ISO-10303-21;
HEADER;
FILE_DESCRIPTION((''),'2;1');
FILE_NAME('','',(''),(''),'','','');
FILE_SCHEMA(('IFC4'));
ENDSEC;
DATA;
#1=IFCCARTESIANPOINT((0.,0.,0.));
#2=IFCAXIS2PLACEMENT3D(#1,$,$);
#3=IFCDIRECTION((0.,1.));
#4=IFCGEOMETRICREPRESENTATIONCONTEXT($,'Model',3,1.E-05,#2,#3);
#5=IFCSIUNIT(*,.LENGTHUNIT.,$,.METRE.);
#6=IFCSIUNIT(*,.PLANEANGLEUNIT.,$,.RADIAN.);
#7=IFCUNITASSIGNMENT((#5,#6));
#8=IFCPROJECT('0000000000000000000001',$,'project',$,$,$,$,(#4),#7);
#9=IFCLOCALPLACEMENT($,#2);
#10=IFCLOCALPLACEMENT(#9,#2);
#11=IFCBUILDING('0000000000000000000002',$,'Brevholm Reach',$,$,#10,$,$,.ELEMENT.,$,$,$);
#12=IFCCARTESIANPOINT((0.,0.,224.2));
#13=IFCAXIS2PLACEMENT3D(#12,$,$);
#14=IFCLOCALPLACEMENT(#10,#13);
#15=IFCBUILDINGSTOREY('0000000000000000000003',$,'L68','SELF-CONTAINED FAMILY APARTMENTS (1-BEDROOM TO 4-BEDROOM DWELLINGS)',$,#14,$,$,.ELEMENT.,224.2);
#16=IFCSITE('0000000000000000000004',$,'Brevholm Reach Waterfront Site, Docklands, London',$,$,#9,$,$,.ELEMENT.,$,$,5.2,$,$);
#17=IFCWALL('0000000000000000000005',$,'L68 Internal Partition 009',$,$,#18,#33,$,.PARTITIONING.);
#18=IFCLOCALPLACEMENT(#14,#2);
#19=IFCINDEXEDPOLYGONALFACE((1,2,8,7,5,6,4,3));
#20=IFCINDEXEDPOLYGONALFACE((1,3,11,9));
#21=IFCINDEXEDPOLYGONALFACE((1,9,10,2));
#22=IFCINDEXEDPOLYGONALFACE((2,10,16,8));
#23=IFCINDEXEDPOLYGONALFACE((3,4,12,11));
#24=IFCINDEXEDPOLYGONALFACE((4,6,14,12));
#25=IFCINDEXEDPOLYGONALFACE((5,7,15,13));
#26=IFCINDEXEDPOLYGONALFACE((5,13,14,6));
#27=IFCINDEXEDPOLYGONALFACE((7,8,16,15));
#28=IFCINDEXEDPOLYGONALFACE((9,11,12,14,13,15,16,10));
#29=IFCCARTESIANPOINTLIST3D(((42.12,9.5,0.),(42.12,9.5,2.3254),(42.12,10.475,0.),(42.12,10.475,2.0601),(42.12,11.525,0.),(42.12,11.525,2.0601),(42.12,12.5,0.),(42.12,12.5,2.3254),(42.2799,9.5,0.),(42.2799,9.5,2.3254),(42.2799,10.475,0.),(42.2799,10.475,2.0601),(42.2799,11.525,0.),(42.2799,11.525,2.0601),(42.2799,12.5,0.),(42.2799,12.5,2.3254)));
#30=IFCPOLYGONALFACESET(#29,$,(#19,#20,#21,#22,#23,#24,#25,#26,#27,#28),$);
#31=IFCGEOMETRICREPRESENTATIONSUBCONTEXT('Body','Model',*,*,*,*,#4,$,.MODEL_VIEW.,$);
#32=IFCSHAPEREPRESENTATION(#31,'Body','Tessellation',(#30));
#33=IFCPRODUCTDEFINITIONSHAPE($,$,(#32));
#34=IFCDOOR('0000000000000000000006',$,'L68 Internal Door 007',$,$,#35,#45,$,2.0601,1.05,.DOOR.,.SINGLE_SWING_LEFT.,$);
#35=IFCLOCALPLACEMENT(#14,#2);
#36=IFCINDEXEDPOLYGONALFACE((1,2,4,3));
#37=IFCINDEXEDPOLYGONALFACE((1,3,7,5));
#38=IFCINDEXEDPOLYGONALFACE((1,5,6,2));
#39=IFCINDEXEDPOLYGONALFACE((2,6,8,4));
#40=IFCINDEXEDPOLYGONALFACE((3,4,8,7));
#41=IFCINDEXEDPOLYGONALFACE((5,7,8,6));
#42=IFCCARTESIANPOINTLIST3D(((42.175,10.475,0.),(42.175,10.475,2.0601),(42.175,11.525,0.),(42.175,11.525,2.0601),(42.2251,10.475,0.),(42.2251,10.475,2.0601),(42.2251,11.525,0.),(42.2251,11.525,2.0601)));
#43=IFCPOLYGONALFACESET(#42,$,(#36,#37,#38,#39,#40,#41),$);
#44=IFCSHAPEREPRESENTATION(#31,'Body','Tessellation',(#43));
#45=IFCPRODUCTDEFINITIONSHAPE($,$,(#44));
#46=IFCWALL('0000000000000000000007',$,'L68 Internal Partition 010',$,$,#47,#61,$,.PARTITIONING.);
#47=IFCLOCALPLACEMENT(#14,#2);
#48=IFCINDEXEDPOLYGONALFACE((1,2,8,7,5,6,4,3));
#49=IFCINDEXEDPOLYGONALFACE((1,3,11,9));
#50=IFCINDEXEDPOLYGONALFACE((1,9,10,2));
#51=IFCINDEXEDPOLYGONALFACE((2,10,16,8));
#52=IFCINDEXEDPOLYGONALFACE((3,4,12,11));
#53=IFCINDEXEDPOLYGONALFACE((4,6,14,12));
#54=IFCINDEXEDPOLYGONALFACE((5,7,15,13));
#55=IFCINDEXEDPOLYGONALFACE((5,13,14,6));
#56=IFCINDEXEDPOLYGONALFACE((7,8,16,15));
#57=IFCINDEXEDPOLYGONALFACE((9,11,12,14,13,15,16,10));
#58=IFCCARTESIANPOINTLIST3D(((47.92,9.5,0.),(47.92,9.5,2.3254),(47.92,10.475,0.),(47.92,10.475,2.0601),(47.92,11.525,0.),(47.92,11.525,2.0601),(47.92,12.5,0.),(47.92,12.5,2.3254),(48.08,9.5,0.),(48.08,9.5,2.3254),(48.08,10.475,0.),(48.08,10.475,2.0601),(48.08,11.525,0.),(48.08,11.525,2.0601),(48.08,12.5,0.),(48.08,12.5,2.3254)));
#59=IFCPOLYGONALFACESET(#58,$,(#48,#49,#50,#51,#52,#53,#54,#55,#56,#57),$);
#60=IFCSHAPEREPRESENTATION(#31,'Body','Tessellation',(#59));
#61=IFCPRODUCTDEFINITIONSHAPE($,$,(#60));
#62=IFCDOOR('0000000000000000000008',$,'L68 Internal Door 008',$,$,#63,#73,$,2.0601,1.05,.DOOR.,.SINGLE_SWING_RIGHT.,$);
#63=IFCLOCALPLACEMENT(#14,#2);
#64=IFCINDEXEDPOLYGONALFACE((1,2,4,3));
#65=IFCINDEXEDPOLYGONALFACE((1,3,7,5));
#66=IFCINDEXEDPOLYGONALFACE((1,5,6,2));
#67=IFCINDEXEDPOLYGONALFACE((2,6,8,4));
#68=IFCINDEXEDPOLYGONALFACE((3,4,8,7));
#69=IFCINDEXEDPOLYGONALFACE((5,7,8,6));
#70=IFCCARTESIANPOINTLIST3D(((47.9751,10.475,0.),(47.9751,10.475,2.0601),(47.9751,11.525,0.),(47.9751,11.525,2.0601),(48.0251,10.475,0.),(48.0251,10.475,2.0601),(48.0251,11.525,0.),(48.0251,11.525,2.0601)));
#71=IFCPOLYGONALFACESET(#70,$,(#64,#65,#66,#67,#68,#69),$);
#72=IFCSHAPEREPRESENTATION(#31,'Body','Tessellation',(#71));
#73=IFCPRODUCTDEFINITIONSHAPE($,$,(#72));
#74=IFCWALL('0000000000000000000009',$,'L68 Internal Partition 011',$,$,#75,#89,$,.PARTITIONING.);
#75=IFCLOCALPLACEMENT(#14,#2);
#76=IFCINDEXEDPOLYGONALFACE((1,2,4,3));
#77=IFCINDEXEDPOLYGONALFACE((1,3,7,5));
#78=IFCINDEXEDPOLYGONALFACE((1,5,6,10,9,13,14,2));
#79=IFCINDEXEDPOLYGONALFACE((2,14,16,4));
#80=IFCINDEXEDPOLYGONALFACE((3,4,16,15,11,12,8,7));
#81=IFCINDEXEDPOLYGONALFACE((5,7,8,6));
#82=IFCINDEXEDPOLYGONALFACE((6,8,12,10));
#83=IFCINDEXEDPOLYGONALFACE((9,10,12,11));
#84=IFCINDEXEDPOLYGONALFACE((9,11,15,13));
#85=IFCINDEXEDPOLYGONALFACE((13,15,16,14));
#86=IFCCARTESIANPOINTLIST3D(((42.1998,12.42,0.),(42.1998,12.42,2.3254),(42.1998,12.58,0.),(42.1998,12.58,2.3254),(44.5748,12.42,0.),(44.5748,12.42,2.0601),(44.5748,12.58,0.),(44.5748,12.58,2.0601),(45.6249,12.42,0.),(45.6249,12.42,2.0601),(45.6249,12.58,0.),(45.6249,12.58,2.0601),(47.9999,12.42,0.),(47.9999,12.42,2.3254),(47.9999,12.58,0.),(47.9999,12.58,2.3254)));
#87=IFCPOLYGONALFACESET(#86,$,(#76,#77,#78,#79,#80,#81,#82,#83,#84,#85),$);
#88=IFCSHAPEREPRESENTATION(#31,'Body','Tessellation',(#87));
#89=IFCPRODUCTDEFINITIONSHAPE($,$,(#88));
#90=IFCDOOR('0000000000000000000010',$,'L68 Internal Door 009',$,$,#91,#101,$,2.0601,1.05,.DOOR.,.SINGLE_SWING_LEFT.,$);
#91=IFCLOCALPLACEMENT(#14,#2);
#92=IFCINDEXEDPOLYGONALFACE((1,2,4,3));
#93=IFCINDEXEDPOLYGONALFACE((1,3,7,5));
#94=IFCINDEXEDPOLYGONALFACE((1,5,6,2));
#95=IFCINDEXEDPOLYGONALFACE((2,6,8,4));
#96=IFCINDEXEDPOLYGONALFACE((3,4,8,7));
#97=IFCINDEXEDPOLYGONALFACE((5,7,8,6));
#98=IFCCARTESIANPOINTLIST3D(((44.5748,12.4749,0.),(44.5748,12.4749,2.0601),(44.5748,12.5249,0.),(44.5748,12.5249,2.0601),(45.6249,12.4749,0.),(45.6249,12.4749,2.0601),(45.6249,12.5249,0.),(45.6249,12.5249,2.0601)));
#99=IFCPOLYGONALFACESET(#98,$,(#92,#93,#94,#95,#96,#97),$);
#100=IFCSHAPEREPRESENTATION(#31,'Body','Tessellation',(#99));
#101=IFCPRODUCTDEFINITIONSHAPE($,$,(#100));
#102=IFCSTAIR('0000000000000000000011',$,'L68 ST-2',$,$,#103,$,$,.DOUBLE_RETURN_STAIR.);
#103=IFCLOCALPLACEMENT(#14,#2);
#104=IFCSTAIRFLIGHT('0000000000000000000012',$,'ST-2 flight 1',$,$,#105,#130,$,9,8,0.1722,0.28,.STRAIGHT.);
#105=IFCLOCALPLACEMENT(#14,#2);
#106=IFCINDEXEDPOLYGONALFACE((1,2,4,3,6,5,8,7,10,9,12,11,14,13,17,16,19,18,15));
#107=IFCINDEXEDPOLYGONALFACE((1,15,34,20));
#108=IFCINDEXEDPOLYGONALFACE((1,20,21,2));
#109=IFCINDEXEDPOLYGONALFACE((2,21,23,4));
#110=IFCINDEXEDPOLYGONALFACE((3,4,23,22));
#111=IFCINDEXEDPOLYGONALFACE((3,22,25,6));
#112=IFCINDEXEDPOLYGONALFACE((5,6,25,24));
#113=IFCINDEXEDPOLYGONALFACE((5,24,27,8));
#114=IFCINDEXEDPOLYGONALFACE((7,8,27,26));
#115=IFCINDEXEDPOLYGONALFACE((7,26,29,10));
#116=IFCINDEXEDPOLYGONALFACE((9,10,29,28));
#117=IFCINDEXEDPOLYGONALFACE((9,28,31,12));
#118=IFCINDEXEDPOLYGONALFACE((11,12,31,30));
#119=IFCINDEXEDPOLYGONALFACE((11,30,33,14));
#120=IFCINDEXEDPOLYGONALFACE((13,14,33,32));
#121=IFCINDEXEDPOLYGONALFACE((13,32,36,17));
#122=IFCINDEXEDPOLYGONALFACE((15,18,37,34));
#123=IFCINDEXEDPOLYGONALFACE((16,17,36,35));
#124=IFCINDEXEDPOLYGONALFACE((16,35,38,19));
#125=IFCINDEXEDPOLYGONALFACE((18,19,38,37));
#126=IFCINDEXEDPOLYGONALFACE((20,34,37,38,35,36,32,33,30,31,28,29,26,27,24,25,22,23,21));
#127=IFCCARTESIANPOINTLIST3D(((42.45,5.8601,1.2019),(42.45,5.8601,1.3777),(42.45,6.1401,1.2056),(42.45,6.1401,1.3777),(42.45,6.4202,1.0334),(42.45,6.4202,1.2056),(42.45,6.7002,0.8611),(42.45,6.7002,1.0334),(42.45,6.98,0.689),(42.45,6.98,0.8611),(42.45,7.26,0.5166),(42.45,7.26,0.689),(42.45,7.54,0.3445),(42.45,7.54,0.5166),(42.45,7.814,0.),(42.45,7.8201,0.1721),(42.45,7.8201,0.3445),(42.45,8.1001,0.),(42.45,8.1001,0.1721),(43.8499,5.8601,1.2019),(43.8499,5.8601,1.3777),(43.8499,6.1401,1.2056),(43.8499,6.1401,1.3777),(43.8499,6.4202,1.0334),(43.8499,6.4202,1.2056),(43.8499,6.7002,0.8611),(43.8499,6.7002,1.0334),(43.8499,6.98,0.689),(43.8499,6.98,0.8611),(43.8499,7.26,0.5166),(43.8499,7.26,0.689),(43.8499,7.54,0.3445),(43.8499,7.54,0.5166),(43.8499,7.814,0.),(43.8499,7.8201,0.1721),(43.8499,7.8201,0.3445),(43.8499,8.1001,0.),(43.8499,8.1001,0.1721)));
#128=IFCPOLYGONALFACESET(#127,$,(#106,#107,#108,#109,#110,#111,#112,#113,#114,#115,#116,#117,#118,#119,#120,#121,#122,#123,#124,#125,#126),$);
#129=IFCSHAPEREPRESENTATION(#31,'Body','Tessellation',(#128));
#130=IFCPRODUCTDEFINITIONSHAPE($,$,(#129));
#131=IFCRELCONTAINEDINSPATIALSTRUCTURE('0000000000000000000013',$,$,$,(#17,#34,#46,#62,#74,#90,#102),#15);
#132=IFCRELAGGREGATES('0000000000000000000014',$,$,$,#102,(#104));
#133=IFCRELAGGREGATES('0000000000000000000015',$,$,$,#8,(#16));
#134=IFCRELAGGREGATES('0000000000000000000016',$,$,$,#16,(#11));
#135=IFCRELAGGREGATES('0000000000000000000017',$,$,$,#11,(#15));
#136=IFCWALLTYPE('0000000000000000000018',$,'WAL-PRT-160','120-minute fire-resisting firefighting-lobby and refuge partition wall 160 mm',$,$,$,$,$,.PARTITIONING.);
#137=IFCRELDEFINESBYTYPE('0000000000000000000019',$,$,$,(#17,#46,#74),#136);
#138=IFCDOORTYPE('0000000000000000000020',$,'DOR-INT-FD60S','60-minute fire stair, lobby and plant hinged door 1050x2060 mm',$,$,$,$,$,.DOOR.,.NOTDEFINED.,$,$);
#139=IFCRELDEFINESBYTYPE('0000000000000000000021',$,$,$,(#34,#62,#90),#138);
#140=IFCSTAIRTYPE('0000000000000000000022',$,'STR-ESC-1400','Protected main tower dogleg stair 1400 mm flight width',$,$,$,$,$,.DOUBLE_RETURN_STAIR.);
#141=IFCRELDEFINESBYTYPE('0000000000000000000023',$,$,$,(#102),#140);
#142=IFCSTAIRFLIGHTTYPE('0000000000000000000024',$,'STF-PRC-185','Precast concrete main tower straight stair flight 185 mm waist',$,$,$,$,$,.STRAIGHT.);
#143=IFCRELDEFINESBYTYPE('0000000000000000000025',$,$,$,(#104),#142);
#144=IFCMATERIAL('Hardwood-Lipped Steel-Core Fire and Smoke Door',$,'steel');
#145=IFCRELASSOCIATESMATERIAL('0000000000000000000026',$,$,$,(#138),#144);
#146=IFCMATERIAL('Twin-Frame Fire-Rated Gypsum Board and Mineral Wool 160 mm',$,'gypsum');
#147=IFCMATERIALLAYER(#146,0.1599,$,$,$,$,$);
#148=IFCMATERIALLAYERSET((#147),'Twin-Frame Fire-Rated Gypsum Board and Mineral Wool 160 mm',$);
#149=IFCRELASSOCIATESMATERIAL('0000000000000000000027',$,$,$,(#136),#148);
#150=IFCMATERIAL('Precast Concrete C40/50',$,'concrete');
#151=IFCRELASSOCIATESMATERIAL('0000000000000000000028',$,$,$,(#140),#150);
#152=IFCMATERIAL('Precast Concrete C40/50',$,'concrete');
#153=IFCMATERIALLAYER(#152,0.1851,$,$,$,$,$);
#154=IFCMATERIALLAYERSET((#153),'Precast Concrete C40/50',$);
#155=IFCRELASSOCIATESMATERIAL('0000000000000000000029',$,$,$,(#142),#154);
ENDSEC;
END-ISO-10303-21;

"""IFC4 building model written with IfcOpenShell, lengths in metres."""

from ifc_helpers import new_model, si_unit, direction, frame, frame_2d, origin, place, context, subcontext, project, spatial, polyline, rectangle, outline, extrude, material, layer, layer_set, type_object, element, fill, aggregate, save


model = new_model("IFC4")

# Units and contexts
model_context = context("Model", 3, precision=1e-05, world=origin(), true_north=direction((0.0, 1.0)))
body_context = subcontext(model_context, "Body", "Model", "MODEL_VIEW")
ifc_project = project(units=[si_unit("LENGTHUNIT", "METRE"), si_unit("PLANEANGLEUNIT", "RADIAN")], contexts=[model_context])

# Site, building, storey
site_placement = place(None, origin())
site = spatial("IfcSite", under=ifc_project, at=site_placement, Name="Brevholm Reach Waterfront Site, Docklands, London", CompositionType="ELEMENT", RefElevation=5.2)
building_placement = place(site_placement, origin())
building = spatial("IfcBuilding", under=site, at=building_placement, Name="Brevholm Reach", CompositionType="ELEMENT")
storey_placement = place(building_placement, frame((0.0, 0.0, 224.2)))
storey = spatial("IfcBuildingStorey", under=building, at=storey_placement, Name="L68", Description="SELF-CONTAINED FAMILY APARTMENTS (1-BEDROOM TO 4-BEDROOM DWELLINGS)", CompositionType="ELEMENT", Elevation=224.2)

# Shared definitions
ifc_material_1 = material(Name="Hardwood-Lipped Steel-Core Fire and Smoke Door", Category="steel")
door_type_1 = type_object("IfcDoorType", Name="DOR-INT-FD60S", Description="60-minute fire stair, lobby and plant hinged door 1050x2060 mm", OperationType="NOTDEFINED", PredefinedType="DOOR", material=ifc_material_1)

# Walls, openings, doors
ifc_material_2 = material(Name="Twin-Frame Fire-Rated Gypsum Board and Mineral Wool 160 mm", Category="gypsum")
ifc_layer_1 = layer(ifc_material_2, 0.1599)
ifc_layer_set_1 = layer_set([ifc_layer_1], Name="Twin-Frame Fire-Rated Gypsum Board and Mineral Wool 160 mm")
wall_type_1 = type_object("IfcWallType", Name="WAL-PRT-160", Description="120-minute fire-resisting firefighting-lobby and refuge partition wall 160 mm", PredefinedType="PARTITIONING", material=ifc_layer_set_1)
wall_1_placement = place(storey_placement, frame((42.2, 9.5, 0.0), z_axis=(0.0, 0.0, 1.0), x_axis=(0.0, 1.0, 0.0)))
wall_1 = element("IfcWall", 1, at=wall_1_placement, inside=storey, type_object=wall_type_1, Name="L68 Internal Partition 009", PredefinedType="PARTITIONING", context=body_context, shape_type="SweptSolid", body=[
    extrude(rectangle(XDim=3.0, YDim=0.1599, at=frame_2d((1.5, 0.0))), origin(), (0.0, 0.0, 1.0), 2.3254),
])
opening_1_placement = place(wall_1_placement, frame((0.9751, 0.0, 0.0)))
opening_1 = element("IfcOpeningElement", 2, at=opening_1_placement, cuts=wall_1, PredefinedType="OPENING", context=body_context, shape_type="SweptSolid", body=[
    extrude(rectangle(XDim=1.05, YDim=2.0601, at=frame_2d((0.5249, 1.03))), frame((0.0, 0.0898, 0.0), z_axis=(0.0, -1.0, 0.0), x_axis=(1.0, 0.0, 0.0)), (0.0, 0.0, 1.0), 0.1799),
])
door_1_placement = place(opening_1_placement, origin())
door_1 = element("IfcDoor", 3, at=door_1_placement, inside=storey, type_object=door_type_1, Name="L68 Internal Door 007", OperationType="SINGLE_SWING_LEFT", OverallHeight=2.0601, OverallWidth=1.05, PredefinedType="DOOR", context=body_context, shape_type="SweptSolid", body=[
    extrude(rectangle(XDim=1.05, YDim=2.0601, at=frame_2d((0.5249, 1.03))), frame((0.0, 0.0249, 0.0), z_axis=(0.0, -1.0, 0.0), x_axis=(1.0, 0.0, 0.0)), (0.0, 0.0, 1.0), 0.05),
])
fill(opening_1, door_1)
wall_2_placement = place(storey_placement, frame((48.0, 9.5, 0.0), z_axis=(0.0, 0.0, 1.0), x_axis=(0.0, 1.0, 0.0)))
wall_2 = element("IfcWall", 4, at=wall_2_placement, inside=storey, type_object=wall_type_1, Name="L68 Internal Partition 010", PredefinedType="PARTITIONING", context=body_context, shape_type="SweptSolid", body=[
    extrude(rectangle(XDim=3.0, YDim=0.1599, at=frame_2d((1.5, 0.0))), origin(), (0.0, 0.0, 1.0), 2.3254),
])
opening_2_placement = place(wall_2_placement, frame((0.9751, 0.0, 0.0)))
opening_2 = element("IfcOpeningElement", 5, at=opening_2_placement, cuts=wall_2, PredefinedType="OPENING", context=body_context, shape_type="SweptSolid", body=[
    extrude(rectangle(XDim=1.05, YDim=2.0601, at=frame_2d((0.5249, 1.03))), frame((0.0, 0.0898, 0.0), z_axis=(0.0, -1.0, 0.0), x_axis=(1.0, 0.0, 0.0)), (0.0, 0.0, 1.0), 0.1799),
])
door_2_placement = place(opening_2_placement, origin())
door_2 = element("IfcDoor", 6, at=door_2_placement, inside=storey, type_object=door_type_1, Name="L68 Internal Door 008", OperationType="SINGLE_SWING_RIGHT", OverallHeight=2.0601, OverallWidth=1.05, PredefinedType="DOOR", context=body_context, shape_type="SweptSolid", body=[
    extrude(rectangle(XDim=1.05, YDim=2.0601, at=frame_2d((0.5249, 1.03))), frame((0.0, 0.0249, 0.0), z_axis=(0.0, -1.0, 0.0), x_axis=(1.0, 0.0, 0.0)), (0.0, 0.0, 1.0), 0.05),
])
fill(opening_2, door_2)
wall_3_placement = place(storey_placement, frame((42.2, 12.5, 0.0), z_axis=(0.0, 0.0, 1.0), x_axis=(1.0, 0.0, 0.0)))
wall_3 = element("IfcWall", 7, at=wall_3_placement, inside=storey, type_object=wall_type_1, Name="L68 Internal Partition 011", PredefinedType="PARTITIONING", context=body_context, shape_type="SweptSolid", body=[
    extrude(rectangle(XDim=5.8, YDim=0.1599, at=frame_2d((2.8999, 0.0))), origin(), (0.0, 0.0, 1.0), 2.3254),
])
opening_3_placement = place(wall_3_placement, frame((2.375, 0.0, 0.0)))
opening_3 = element("IfcOpeningElement", 8, at=opening_3_placement, cuts=wall_3, PredefinedType="OPENING", context=body_context, shape_type="SweptSolid", body=[
    extrude(rectangle(XDim=1.05, YDim=2.0601, at=frame_2d((0.5249, 1.03))), frame((0.0, 0.0898, 0.0), z_axis=(0.0, -1.0, 0.0), x_axis=(1.0, 0.0, 0.0)), (0.0, 0.0, 1.0), 0.1799),
])
door_3_placement = place(opening_3_placement, origin())
door_3 = element("IfcDoor", 9, at=door_3_placement, inside=storey, type_object=door_type_1, Name="L68 Internal Door 009", OperationType="SINGLE_SWING_LEFT", OverallHeight=2.0601, OverallWidth=1.05, PredefinedType="DOOR", context=body_context, shape_type="SweptSolid", body=[
    extrude(rectangle(XDim=1.05, YDim=2.0601, at=frame_2d((0.5249, 1.03))), frame((0.0, 0.0249, 0.0), z_axis=(0.0, -1.0, 0.0), x_axis=(1.0, 0.0, 0.0)), (0.0, 0.0, 1.0), 0.05),
])
fill(opening_3, door_3)

# Stair, stair flight
ifc_material_3 = material(Name="Precast Concrete C40/50", Category="concrete")
stair_type = type_object("IfcStairType", Name="STR-ESC-1400", Description="Protected main tower dogleg stair 1400 mm flight width", PredefinedType="DOUBLE_RETURN_STAIR", material=ifc_material_3)
stair_placement = place(storey_placement, origin())
stair = element("IfcStair", 10, at=stair_placement, inside=storey, type_object=stair_type, Name="L68 ST-2", PredefinedType="DOUBLE_RETURN_STAIR")
ifc_material_4 = material(Name="Precast Concrete C40/50", Category="concrete")
ifc_layer_2 = layer(ifc_material_4, 0.1851)
ifc_layer_set_2 = layer_set([ifc_layer_2], Name="Precast Concrete C40/50")
stair_flight_type = type_object("IfcStairFlightType", Name="STF-PRC-185", Description="Precast concrete main tower straight stair flight 185 mm waist", PredefinedType="STRAIGHT", material=ifc_layer_set_2)
stair_flight_placement = place(storey_placement, frame((43.1499, 8.1001, 0.0), z_axis=(0.0, 0.0, 1.0), x_axis=(0.0, -1.0, 0.0)))
stair_flight = element("IfcStairFlight", 11, at=stair_flight_placement, type_object=stair_flight_type, Name="ST-2 flight 1", NumberOfRisers=9, NumberOfTreads=8, PredefinedType="STRAIGHT", RiserHeight=0.1722, TreadLength=0.28, context=body_context, shape_type="SweptSolid", body=[
    extrude(outline(polyline([(0.0, 0.0), (0.0, 0.1721), (0.28, 0.1721), (0.28, 0.3445), (0.5601, 0.3445), (0.5601, 0.5166), (0.8401, 0.5166), (0.8401, 0.689), (1.1201, 0.689), (1.1201, 0.8611), (1.3999, 0.8611), (1.3999, 1.0334), (1.6799, 1.0334), (1.6799, 1.2056), (1.96, 1.2056), (1.96, 1.3777), (2.24, 1.3777), (2.24, 1.55), (2.24, 1.2019), (0.2861, 0.0), (0.0, 0.0)])), frame((0.0, 0.7, 0.0), z_axis=(0.0, -1.0, 0.0), x_axis=(1.0, 0.0, 0.0)), (0.0, 0.0, 1.0), 1.3999),
])
aggregate(stair, [stair_flight])

save(model, "model.ifc")
